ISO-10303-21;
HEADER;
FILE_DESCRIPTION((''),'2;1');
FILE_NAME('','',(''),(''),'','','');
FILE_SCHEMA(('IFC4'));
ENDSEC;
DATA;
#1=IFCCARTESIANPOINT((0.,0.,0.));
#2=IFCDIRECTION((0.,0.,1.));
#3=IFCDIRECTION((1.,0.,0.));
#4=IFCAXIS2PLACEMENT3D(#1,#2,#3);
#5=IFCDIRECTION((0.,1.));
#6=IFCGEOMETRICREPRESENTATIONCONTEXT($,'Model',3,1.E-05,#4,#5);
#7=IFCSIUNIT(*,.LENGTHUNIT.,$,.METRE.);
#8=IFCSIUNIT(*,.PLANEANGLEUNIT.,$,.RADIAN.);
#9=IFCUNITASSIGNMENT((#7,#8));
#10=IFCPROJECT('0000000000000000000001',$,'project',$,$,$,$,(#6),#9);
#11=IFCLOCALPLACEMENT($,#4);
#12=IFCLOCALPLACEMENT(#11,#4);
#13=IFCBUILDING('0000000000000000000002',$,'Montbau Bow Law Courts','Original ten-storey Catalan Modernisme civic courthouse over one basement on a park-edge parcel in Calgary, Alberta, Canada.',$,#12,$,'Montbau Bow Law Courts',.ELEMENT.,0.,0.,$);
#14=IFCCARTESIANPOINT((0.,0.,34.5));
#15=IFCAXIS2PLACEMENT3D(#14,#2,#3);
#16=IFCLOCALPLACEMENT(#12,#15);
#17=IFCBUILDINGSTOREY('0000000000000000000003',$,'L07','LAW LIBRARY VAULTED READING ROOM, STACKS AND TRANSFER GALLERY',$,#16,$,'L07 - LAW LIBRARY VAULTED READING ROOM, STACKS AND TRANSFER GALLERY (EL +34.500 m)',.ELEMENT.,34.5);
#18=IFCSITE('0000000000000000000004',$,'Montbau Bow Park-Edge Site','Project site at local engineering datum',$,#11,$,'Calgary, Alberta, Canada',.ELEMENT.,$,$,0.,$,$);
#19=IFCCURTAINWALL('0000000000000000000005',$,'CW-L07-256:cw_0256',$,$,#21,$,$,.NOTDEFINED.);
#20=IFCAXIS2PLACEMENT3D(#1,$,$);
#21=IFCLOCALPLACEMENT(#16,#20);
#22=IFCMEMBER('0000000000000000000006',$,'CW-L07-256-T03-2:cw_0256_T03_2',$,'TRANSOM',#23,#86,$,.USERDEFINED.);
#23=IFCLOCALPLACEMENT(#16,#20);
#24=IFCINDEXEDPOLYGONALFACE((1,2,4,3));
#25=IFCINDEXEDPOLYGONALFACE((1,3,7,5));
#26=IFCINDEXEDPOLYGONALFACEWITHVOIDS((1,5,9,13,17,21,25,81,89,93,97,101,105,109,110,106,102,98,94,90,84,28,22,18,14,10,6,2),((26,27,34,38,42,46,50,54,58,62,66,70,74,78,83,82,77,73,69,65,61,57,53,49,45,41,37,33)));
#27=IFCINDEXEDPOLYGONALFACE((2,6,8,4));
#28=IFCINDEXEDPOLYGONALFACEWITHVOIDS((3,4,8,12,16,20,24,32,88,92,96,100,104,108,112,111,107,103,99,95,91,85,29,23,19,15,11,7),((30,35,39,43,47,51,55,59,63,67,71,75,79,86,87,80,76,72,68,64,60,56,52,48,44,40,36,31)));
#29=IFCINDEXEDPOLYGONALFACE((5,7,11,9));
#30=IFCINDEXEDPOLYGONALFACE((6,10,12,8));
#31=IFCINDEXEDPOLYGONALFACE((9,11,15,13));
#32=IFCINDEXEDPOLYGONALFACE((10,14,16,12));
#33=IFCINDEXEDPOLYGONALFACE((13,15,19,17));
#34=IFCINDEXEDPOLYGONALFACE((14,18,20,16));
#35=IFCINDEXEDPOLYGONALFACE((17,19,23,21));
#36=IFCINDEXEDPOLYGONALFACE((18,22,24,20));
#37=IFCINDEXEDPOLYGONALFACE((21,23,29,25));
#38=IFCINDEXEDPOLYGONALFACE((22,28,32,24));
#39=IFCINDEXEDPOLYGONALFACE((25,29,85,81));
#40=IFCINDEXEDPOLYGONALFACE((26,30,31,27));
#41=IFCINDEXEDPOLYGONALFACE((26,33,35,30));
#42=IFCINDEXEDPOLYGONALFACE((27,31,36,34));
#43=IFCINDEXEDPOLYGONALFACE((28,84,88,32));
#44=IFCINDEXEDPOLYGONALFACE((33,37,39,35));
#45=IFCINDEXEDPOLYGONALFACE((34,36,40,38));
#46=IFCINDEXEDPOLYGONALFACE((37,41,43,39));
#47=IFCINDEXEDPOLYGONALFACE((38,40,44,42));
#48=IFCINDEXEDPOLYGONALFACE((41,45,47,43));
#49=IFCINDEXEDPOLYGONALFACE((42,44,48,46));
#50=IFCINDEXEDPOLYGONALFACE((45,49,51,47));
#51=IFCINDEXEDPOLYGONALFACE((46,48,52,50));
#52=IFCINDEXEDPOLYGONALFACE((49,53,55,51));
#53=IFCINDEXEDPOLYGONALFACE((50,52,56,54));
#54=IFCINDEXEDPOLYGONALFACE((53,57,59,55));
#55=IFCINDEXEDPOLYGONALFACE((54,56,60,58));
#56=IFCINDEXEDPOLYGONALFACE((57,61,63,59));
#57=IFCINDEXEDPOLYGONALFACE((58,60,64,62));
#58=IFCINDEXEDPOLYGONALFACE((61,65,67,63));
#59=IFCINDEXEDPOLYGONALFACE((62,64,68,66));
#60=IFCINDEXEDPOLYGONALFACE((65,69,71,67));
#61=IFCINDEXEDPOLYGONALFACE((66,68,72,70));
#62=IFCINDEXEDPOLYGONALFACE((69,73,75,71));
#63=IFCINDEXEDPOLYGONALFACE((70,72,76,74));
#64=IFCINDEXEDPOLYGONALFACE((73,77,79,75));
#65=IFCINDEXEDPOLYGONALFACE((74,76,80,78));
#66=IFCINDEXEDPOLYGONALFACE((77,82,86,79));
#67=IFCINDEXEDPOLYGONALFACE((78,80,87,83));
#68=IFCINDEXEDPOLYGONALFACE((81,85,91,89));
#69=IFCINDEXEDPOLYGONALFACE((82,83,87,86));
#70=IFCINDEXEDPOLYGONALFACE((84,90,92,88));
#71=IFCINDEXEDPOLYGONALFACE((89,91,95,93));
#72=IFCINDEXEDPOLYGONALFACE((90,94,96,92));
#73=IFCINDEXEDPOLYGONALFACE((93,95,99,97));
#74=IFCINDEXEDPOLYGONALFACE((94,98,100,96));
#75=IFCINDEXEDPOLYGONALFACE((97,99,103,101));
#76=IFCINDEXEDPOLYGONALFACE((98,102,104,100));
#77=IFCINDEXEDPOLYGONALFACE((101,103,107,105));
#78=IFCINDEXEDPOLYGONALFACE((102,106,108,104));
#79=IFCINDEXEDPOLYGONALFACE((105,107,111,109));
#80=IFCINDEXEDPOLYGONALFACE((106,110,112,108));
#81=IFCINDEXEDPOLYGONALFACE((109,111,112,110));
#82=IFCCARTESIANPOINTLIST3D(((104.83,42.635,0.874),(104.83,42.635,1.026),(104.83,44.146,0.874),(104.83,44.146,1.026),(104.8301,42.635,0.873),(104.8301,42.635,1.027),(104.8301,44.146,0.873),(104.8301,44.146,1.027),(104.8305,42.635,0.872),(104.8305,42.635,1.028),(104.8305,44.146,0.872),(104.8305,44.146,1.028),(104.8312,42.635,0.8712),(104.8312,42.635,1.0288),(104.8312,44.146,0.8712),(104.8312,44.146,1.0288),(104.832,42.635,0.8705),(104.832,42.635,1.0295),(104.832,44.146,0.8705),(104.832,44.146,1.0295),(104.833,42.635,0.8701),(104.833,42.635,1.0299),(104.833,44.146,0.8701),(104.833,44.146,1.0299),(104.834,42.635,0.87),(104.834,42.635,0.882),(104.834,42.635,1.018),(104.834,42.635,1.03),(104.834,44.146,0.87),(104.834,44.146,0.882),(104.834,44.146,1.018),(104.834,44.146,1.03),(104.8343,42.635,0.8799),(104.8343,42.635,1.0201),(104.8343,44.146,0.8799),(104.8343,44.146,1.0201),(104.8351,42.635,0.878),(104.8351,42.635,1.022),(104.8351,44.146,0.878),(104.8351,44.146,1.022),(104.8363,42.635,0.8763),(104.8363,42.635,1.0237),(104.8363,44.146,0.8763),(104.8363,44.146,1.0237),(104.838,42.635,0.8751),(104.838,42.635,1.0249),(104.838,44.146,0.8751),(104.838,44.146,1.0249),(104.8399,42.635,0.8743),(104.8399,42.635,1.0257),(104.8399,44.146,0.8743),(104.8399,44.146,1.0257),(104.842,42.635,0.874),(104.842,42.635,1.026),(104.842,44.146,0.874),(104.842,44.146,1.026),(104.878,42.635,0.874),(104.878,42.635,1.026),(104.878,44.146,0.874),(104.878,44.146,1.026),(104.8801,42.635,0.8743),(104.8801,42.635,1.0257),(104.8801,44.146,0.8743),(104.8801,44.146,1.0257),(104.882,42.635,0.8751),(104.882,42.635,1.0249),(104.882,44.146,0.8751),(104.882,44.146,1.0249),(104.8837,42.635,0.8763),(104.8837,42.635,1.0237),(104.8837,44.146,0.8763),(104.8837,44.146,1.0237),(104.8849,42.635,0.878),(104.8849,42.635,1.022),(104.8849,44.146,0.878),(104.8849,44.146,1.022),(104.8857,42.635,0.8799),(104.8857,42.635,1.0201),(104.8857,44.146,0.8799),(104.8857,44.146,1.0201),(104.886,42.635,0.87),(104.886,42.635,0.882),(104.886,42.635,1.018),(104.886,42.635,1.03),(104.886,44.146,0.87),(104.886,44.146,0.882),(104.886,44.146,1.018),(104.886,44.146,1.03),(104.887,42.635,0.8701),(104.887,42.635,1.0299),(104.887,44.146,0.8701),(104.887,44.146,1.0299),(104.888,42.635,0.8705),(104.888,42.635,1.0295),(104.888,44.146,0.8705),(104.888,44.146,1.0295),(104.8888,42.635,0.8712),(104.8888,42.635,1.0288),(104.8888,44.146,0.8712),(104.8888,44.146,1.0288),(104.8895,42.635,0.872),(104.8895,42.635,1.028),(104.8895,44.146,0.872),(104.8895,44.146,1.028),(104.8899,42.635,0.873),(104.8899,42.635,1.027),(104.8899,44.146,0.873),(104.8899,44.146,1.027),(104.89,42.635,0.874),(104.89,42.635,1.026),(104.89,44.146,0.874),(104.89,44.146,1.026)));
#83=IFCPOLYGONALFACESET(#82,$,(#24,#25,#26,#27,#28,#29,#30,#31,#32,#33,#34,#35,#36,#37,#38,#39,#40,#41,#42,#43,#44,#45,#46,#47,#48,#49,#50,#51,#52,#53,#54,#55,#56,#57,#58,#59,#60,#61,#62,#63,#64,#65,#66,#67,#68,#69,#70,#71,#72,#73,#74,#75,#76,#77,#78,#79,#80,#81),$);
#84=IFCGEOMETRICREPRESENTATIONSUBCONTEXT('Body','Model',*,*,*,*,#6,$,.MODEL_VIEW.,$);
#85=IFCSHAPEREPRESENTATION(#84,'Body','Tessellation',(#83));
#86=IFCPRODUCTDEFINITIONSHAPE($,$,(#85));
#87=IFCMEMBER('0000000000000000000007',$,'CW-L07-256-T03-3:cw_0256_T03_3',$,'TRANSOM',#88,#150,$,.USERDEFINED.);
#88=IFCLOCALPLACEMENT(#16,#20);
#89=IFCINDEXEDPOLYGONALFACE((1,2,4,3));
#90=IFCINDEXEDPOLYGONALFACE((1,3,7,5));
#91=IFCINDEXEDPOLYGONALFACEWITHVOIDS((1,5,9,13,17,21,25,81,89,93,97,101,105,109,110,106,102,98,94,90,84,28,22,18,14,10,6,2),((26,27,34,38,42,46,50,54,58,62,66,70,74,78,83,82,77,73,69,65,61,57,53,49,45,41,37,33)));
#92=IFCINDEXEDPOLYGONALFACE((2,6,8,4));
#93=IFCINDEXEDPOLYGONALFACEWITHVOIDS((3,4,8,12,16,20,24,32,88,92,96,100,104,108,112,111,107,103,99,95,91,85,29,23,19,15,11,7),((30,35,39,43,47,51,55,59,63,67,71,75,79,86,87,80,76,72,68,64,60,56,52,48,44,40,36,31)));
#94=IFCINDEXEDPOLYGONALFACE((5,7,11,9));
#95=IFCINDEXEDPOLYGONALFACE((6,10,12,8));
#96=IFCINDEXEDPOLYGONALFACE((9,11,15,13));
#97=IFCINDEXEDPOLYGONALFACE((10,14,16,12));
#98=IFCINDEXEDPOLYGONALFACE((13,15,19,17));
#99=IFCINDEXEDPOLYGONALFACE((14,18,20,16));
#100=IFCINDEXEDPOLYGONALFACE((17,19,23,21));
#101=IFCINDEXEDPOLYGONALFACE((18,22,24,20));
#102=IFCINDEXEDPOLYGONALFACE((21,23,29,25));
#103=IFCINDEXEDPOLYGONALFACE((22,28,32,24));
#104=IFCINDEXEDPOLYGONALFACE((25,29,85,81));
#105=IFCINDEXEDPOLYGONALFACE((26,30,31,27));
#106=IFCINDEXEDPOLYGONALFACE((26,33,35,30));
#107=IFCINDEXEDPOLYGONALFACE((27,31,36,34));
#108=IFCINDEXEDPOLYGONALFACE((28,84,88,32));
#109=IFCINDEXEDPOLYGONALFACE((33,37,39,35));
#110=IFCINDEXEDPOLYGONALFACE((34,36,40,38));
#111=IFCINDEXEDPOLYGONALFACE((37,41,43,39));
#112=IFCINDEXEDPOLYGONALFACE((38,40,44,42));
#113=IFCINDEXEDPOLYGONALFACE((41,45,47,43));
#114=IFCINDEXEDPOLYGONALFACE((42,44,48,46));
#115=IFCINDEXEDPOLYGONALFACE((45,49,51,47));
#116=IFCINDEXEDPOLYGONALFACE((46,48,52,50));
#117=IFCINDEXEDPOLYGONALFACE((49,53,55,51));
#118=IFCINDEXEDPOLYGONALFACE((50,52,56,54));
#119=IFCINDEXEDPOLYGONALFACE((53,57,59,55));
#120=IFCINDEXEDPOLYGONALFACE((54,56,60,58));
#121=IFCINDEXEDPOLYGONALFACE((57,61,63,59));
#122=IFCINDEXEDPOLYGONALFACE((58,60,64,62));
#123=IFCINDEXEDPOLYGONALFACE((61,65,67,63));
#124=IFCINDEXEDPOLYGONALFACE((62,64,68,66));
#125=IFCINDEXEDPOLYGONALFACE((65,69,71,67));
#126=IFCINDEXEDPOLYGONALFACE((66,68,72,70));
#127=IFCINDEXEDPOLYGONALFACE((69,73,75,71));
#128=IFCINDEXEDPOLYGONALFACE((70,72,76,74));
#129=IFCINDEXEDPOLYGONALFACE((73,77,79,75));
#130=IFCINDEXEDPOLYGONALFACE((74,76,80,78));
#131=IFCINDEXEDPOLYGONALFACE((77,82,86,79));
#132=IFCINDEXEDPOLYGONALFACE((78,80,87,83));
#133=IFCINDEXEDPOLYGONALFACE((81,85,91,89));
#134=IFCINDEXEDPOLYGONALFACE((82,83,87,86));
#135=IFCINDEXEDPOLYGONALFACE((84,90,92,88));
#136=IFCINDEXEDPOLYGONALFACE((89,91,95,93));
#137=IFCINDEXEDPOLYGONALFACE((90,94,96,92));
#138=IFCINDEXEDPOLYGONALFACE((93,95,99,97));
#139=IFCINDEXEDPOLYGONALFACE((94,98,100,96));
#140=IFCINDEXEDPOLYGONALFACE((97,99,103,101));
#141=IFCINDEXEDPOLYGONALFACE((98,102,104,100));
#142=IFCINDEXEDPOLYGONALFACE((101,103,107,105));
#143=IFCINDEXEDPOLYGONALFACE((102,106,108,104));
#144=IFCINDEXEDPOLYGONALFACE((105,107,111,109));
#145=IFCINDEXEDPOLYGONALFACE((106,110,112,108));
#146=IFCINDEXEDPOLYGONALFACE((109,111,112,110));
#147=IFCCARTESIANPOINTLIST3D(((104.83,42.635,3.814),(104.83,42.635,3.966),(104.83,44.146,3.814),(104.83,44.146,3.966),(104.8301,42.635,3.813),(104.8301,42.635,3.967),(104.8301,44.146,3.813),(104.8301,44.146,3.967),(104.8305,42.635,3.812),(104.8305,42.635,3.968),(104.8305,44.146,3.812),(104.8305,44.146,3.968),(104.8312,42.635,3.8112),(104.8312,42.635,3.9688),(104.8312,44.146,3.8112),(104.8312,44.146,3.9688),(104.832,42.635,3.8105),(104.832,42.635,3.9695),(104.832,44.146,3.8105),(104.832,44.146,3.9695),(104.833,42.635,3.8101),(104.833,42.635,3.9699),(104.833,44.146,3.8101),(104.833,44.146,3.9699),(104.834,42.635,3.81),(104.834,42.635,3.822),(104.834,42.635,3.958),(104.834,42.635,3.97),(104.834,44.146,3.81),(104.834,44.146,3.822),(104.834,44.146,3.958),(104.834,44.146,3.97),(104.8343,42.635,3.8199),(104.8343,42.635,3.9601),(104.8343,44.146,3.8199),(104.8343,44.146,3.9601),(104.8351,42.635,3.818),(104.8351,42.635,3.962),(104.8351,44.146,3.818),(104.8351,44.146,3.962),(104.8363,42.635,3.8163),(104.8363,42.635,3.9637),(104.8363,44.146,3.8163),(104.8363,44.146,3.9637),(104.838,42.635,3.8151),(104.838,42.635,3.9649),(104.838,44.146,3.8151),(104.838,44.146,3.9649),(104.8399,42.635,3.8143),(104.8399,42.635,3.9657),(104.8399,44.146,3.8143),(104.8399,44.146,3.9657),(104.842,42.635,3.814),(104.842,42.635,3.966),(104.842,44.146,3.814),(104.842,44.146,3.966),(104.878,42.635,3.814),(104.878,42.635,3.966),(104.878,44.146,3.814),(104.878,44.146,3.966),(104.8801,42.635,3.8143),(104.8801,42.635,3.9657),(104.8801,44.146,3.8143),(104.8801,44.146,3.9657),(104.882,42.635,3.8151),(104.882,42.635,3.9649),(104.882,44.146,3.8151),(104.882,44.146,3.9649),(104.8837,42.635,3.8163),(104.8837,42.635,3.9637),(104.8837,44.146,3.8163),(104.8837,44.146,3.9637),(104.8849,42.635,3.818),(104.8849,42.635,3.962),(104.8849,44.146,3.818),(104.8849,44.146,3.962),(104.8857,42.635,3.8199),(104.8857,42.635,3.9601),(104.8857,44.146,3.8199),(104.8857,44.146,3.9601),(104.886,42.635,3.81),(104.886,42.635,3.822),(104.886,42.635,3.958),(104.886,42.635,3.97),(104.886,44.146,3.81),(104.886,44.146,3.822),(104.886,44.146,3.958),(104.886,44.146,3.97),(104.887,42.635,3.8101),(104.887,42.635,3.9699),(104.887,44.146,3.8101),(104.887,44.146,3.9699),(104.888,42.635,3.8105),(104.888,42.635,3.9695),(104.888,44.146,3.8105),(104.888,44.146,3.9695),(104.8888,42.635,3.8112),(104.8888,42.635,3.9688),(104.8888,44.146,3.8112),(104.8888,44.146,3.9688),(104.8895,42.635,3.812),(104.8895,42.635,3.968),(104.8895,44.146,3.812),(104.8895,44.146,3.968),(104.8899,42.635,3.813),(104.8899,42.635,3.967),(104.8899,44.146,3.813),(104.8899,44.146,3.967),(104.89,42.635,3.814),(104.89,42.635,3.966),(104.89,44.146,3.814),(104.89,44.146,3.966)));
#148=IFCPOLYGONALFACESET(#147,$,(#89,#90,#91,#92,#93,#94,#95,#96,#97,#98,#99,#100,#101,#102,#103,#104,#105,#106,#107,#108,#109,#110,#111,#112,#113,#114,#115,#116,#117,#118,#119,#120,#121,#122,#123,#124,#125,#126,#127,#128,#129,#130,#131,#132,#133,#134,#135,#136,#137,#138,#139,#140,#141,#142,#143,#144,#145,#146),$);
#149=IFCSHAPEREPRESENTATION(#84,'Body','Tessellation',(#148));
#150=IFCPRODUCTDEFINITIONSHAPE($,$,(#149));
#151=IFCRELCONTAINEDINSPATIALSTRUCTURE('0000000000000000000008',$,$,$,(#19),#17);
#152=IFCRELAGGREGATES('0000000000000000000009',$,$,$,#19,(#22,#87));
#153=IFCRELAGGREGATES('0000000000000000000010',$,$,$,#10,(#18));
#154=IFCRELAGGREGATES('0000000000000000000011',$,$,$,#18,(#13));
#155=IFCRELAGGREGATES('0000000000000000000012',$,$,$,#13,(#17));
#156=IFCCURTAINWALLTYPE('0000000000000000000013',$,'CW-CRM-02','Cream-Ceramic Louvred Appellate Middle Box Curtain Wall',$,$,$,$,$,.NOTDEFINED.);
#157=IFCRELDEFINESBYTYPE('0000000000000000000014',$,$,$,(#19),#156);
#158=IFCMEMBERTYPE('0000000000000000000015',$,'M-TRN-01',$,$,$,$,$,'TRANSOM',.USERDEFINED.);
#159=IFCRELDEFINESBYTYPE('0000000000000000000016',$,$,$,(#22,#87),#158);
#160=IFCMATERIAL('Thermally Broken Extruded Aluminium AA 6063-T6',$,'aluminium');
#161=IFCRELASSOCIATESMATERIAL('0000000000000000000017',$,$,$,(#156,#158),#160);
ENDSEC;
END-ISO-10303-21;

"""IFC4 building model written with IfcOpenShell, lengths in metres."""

from ifc_helpers import new_model, si_unit, direction, frame, origin_with_axes, origin_2d_with_axis, place, context, subcontext, project, spatial, hollow_rectangle, extrude, material, material_profile, profile_set, type_object, element, aggregate, save


model = new_model("IFC4")

# Units and contexts
model_context = context("Model", 3, precision=1e-05, world=origin_with_axes(), true_north=direction((0.0, 1.0)))
body_context = subcontext(model_context, "Body", "Model", "MODEL_VIEW")
ifc_project = project(units=[si_unit("LENGTHUNIT", "METRE"), si_unit("PLANEANGLEUNIT", "RADIAN")], contexts=[model_context])

# Site, building, storey
site_placement = place(None, origin_with_axes())
site = spatial("IfcSite", under=ifc_project, at=site_placement, Name="Montbau Bow Park-Edge Site", Description="Project site at local engineering datum", LongName="Calgary, Alberta, Canada", CompositionType="ELEMENT", RefElevation=0.0)
building_placement = place(site_placement, origin_with_axes())
building = spatial("IfcBuilding", under=site, at=building_placement, Name="Montbau Bow Law Courts", Description="Original ten-storey Catalan Modernisme civic courthouse over one basement on a park-edge parcel in Calgary, Alberta, Canada.", LongName="Montbau Bow Law Courts", CompositionType="ELEMENT", ElevationOfRefHeight=0.0, ElevationOfTerrain=0.0)
storey_placement = place(building_placement, frame((0.0, 0.0, 34.5), z_axis=(0.0, 0.0, 1.0), x_axis=(1.0, 0.0, 0.0)))
storey = spatial("IfcBuildingStorey", under=building, at=storey_placement, Name="L07", Description="LAW LIBRARY VAULTED READING ROOM, STACKS AND TRANSFER GALLERY", LongName="L07 - LAW LIBRARY VAULTED READING ROOM, STACKS AND TRANSFER GALLERY (EL +34.500 m)", CompositionType="ELEMENT", Elevation=34.5)

# Curtain wall
ifc_material_1 = material(Name="Thermally Broken Extruded Aluminium AA 6063-T6", Category="aluminium")
curtain_wall_type = type_object("IfcCurtainWallType", Name="CW-CRM-02", Description="Cream-Ceramic Louvred Appellate Middle Box Curtain Wall", PredefinedType="NOTDEFINED", material=ifc_material_1)
curtain_wall_1_placement = place(None, frame((104.86, 39.44, 34.5), z_axis=(0.0, 0.0, 1.0), x_axis=(1.0, 0.0, 0.0)))
curtain_wall_1 = element("IfcCurtainWall", 1, at=curtain_wall_1_placement, inside=storey, type_object=curtain_wall_type, Name="CW-L07-256:cw_0256", PredefinedType="NOTDEFINED")

# Members
ifc_material_profile_1 = material_profile(ifc_material_1, hollow_rectangle(XDim=0.06, YDim=0.16, WallThickness=0.004, InnerFilletRadius=0.008, OuterFilletRadius=0.004, at=origin_2d_with_axis()), Name="CWT-160X60", Category="Main", Priority=0)
ifc_profile_set_1 = profile_set([ifc_material_profile_1], Name="Thermally Broken Extruded Aluminium AA 6063-T6")
member_type_1 = type_object("IfcMemberType", Name="M-TRN-01", ElementType="TRANSOM", PredefinedType="USERDEFINED", material=ifc_profile_set_1)
member_1_placement = place(None, frame((104.86, 42.635, 35.45), z_axis=(0.0, 1.0, 0.0), x_axis=(-1.0, 0.0, 0.0)))
member_1 = element("IfcMember", 2, at=member_1_placement, type_object=member_type_1, Name="CW-L07-256-T03-2:cw_0256_T03_2", ObjectType="TRANSOM", PredefinedType="USERDEFINED", context=body_context, shape_type="SweptSolid", body=[
    extrude(hollow_rectangle(XDim=0.06, YDim=0.16, WallThickness=0.004, InnerFilletRadius=0.008, OuterFilletRadius=0.004, at=origin_2d_with_axis()), origin_with_axes(), (0.0, 0.0, 1.0), 1.511),
])
member_2_placement = place(None, frame((104.86, 42.635, 38.39), z_axis=(0.0, 1.0, 0.0), x_axis=(-1.0, 0.0, 0.0)))
member_2 = element("IfcMember", 3, at=member_2_placement, type_object=member_type_1, Name="CW-L07-256-T03-3:cw_0256_T03_3", ObjectType="TRANSOM", PredefinedType="USERDEFINED", context=body_context, shape_type="SweptSolid", body=[
    extrude(hollow_rectangle(XDim=0.06, YDim=0.16, WallThickness=0.004, InnerFilletRadius=0.008, OuterFilletRadius=0.004, at=origin_2d_with_axis()), origin_with_axes(), (0.0, 0.0, 1.0), 1.511),
])

aggregate(curtain_wall_1, [member_1, member_2])

save(model, "model.ifc")
